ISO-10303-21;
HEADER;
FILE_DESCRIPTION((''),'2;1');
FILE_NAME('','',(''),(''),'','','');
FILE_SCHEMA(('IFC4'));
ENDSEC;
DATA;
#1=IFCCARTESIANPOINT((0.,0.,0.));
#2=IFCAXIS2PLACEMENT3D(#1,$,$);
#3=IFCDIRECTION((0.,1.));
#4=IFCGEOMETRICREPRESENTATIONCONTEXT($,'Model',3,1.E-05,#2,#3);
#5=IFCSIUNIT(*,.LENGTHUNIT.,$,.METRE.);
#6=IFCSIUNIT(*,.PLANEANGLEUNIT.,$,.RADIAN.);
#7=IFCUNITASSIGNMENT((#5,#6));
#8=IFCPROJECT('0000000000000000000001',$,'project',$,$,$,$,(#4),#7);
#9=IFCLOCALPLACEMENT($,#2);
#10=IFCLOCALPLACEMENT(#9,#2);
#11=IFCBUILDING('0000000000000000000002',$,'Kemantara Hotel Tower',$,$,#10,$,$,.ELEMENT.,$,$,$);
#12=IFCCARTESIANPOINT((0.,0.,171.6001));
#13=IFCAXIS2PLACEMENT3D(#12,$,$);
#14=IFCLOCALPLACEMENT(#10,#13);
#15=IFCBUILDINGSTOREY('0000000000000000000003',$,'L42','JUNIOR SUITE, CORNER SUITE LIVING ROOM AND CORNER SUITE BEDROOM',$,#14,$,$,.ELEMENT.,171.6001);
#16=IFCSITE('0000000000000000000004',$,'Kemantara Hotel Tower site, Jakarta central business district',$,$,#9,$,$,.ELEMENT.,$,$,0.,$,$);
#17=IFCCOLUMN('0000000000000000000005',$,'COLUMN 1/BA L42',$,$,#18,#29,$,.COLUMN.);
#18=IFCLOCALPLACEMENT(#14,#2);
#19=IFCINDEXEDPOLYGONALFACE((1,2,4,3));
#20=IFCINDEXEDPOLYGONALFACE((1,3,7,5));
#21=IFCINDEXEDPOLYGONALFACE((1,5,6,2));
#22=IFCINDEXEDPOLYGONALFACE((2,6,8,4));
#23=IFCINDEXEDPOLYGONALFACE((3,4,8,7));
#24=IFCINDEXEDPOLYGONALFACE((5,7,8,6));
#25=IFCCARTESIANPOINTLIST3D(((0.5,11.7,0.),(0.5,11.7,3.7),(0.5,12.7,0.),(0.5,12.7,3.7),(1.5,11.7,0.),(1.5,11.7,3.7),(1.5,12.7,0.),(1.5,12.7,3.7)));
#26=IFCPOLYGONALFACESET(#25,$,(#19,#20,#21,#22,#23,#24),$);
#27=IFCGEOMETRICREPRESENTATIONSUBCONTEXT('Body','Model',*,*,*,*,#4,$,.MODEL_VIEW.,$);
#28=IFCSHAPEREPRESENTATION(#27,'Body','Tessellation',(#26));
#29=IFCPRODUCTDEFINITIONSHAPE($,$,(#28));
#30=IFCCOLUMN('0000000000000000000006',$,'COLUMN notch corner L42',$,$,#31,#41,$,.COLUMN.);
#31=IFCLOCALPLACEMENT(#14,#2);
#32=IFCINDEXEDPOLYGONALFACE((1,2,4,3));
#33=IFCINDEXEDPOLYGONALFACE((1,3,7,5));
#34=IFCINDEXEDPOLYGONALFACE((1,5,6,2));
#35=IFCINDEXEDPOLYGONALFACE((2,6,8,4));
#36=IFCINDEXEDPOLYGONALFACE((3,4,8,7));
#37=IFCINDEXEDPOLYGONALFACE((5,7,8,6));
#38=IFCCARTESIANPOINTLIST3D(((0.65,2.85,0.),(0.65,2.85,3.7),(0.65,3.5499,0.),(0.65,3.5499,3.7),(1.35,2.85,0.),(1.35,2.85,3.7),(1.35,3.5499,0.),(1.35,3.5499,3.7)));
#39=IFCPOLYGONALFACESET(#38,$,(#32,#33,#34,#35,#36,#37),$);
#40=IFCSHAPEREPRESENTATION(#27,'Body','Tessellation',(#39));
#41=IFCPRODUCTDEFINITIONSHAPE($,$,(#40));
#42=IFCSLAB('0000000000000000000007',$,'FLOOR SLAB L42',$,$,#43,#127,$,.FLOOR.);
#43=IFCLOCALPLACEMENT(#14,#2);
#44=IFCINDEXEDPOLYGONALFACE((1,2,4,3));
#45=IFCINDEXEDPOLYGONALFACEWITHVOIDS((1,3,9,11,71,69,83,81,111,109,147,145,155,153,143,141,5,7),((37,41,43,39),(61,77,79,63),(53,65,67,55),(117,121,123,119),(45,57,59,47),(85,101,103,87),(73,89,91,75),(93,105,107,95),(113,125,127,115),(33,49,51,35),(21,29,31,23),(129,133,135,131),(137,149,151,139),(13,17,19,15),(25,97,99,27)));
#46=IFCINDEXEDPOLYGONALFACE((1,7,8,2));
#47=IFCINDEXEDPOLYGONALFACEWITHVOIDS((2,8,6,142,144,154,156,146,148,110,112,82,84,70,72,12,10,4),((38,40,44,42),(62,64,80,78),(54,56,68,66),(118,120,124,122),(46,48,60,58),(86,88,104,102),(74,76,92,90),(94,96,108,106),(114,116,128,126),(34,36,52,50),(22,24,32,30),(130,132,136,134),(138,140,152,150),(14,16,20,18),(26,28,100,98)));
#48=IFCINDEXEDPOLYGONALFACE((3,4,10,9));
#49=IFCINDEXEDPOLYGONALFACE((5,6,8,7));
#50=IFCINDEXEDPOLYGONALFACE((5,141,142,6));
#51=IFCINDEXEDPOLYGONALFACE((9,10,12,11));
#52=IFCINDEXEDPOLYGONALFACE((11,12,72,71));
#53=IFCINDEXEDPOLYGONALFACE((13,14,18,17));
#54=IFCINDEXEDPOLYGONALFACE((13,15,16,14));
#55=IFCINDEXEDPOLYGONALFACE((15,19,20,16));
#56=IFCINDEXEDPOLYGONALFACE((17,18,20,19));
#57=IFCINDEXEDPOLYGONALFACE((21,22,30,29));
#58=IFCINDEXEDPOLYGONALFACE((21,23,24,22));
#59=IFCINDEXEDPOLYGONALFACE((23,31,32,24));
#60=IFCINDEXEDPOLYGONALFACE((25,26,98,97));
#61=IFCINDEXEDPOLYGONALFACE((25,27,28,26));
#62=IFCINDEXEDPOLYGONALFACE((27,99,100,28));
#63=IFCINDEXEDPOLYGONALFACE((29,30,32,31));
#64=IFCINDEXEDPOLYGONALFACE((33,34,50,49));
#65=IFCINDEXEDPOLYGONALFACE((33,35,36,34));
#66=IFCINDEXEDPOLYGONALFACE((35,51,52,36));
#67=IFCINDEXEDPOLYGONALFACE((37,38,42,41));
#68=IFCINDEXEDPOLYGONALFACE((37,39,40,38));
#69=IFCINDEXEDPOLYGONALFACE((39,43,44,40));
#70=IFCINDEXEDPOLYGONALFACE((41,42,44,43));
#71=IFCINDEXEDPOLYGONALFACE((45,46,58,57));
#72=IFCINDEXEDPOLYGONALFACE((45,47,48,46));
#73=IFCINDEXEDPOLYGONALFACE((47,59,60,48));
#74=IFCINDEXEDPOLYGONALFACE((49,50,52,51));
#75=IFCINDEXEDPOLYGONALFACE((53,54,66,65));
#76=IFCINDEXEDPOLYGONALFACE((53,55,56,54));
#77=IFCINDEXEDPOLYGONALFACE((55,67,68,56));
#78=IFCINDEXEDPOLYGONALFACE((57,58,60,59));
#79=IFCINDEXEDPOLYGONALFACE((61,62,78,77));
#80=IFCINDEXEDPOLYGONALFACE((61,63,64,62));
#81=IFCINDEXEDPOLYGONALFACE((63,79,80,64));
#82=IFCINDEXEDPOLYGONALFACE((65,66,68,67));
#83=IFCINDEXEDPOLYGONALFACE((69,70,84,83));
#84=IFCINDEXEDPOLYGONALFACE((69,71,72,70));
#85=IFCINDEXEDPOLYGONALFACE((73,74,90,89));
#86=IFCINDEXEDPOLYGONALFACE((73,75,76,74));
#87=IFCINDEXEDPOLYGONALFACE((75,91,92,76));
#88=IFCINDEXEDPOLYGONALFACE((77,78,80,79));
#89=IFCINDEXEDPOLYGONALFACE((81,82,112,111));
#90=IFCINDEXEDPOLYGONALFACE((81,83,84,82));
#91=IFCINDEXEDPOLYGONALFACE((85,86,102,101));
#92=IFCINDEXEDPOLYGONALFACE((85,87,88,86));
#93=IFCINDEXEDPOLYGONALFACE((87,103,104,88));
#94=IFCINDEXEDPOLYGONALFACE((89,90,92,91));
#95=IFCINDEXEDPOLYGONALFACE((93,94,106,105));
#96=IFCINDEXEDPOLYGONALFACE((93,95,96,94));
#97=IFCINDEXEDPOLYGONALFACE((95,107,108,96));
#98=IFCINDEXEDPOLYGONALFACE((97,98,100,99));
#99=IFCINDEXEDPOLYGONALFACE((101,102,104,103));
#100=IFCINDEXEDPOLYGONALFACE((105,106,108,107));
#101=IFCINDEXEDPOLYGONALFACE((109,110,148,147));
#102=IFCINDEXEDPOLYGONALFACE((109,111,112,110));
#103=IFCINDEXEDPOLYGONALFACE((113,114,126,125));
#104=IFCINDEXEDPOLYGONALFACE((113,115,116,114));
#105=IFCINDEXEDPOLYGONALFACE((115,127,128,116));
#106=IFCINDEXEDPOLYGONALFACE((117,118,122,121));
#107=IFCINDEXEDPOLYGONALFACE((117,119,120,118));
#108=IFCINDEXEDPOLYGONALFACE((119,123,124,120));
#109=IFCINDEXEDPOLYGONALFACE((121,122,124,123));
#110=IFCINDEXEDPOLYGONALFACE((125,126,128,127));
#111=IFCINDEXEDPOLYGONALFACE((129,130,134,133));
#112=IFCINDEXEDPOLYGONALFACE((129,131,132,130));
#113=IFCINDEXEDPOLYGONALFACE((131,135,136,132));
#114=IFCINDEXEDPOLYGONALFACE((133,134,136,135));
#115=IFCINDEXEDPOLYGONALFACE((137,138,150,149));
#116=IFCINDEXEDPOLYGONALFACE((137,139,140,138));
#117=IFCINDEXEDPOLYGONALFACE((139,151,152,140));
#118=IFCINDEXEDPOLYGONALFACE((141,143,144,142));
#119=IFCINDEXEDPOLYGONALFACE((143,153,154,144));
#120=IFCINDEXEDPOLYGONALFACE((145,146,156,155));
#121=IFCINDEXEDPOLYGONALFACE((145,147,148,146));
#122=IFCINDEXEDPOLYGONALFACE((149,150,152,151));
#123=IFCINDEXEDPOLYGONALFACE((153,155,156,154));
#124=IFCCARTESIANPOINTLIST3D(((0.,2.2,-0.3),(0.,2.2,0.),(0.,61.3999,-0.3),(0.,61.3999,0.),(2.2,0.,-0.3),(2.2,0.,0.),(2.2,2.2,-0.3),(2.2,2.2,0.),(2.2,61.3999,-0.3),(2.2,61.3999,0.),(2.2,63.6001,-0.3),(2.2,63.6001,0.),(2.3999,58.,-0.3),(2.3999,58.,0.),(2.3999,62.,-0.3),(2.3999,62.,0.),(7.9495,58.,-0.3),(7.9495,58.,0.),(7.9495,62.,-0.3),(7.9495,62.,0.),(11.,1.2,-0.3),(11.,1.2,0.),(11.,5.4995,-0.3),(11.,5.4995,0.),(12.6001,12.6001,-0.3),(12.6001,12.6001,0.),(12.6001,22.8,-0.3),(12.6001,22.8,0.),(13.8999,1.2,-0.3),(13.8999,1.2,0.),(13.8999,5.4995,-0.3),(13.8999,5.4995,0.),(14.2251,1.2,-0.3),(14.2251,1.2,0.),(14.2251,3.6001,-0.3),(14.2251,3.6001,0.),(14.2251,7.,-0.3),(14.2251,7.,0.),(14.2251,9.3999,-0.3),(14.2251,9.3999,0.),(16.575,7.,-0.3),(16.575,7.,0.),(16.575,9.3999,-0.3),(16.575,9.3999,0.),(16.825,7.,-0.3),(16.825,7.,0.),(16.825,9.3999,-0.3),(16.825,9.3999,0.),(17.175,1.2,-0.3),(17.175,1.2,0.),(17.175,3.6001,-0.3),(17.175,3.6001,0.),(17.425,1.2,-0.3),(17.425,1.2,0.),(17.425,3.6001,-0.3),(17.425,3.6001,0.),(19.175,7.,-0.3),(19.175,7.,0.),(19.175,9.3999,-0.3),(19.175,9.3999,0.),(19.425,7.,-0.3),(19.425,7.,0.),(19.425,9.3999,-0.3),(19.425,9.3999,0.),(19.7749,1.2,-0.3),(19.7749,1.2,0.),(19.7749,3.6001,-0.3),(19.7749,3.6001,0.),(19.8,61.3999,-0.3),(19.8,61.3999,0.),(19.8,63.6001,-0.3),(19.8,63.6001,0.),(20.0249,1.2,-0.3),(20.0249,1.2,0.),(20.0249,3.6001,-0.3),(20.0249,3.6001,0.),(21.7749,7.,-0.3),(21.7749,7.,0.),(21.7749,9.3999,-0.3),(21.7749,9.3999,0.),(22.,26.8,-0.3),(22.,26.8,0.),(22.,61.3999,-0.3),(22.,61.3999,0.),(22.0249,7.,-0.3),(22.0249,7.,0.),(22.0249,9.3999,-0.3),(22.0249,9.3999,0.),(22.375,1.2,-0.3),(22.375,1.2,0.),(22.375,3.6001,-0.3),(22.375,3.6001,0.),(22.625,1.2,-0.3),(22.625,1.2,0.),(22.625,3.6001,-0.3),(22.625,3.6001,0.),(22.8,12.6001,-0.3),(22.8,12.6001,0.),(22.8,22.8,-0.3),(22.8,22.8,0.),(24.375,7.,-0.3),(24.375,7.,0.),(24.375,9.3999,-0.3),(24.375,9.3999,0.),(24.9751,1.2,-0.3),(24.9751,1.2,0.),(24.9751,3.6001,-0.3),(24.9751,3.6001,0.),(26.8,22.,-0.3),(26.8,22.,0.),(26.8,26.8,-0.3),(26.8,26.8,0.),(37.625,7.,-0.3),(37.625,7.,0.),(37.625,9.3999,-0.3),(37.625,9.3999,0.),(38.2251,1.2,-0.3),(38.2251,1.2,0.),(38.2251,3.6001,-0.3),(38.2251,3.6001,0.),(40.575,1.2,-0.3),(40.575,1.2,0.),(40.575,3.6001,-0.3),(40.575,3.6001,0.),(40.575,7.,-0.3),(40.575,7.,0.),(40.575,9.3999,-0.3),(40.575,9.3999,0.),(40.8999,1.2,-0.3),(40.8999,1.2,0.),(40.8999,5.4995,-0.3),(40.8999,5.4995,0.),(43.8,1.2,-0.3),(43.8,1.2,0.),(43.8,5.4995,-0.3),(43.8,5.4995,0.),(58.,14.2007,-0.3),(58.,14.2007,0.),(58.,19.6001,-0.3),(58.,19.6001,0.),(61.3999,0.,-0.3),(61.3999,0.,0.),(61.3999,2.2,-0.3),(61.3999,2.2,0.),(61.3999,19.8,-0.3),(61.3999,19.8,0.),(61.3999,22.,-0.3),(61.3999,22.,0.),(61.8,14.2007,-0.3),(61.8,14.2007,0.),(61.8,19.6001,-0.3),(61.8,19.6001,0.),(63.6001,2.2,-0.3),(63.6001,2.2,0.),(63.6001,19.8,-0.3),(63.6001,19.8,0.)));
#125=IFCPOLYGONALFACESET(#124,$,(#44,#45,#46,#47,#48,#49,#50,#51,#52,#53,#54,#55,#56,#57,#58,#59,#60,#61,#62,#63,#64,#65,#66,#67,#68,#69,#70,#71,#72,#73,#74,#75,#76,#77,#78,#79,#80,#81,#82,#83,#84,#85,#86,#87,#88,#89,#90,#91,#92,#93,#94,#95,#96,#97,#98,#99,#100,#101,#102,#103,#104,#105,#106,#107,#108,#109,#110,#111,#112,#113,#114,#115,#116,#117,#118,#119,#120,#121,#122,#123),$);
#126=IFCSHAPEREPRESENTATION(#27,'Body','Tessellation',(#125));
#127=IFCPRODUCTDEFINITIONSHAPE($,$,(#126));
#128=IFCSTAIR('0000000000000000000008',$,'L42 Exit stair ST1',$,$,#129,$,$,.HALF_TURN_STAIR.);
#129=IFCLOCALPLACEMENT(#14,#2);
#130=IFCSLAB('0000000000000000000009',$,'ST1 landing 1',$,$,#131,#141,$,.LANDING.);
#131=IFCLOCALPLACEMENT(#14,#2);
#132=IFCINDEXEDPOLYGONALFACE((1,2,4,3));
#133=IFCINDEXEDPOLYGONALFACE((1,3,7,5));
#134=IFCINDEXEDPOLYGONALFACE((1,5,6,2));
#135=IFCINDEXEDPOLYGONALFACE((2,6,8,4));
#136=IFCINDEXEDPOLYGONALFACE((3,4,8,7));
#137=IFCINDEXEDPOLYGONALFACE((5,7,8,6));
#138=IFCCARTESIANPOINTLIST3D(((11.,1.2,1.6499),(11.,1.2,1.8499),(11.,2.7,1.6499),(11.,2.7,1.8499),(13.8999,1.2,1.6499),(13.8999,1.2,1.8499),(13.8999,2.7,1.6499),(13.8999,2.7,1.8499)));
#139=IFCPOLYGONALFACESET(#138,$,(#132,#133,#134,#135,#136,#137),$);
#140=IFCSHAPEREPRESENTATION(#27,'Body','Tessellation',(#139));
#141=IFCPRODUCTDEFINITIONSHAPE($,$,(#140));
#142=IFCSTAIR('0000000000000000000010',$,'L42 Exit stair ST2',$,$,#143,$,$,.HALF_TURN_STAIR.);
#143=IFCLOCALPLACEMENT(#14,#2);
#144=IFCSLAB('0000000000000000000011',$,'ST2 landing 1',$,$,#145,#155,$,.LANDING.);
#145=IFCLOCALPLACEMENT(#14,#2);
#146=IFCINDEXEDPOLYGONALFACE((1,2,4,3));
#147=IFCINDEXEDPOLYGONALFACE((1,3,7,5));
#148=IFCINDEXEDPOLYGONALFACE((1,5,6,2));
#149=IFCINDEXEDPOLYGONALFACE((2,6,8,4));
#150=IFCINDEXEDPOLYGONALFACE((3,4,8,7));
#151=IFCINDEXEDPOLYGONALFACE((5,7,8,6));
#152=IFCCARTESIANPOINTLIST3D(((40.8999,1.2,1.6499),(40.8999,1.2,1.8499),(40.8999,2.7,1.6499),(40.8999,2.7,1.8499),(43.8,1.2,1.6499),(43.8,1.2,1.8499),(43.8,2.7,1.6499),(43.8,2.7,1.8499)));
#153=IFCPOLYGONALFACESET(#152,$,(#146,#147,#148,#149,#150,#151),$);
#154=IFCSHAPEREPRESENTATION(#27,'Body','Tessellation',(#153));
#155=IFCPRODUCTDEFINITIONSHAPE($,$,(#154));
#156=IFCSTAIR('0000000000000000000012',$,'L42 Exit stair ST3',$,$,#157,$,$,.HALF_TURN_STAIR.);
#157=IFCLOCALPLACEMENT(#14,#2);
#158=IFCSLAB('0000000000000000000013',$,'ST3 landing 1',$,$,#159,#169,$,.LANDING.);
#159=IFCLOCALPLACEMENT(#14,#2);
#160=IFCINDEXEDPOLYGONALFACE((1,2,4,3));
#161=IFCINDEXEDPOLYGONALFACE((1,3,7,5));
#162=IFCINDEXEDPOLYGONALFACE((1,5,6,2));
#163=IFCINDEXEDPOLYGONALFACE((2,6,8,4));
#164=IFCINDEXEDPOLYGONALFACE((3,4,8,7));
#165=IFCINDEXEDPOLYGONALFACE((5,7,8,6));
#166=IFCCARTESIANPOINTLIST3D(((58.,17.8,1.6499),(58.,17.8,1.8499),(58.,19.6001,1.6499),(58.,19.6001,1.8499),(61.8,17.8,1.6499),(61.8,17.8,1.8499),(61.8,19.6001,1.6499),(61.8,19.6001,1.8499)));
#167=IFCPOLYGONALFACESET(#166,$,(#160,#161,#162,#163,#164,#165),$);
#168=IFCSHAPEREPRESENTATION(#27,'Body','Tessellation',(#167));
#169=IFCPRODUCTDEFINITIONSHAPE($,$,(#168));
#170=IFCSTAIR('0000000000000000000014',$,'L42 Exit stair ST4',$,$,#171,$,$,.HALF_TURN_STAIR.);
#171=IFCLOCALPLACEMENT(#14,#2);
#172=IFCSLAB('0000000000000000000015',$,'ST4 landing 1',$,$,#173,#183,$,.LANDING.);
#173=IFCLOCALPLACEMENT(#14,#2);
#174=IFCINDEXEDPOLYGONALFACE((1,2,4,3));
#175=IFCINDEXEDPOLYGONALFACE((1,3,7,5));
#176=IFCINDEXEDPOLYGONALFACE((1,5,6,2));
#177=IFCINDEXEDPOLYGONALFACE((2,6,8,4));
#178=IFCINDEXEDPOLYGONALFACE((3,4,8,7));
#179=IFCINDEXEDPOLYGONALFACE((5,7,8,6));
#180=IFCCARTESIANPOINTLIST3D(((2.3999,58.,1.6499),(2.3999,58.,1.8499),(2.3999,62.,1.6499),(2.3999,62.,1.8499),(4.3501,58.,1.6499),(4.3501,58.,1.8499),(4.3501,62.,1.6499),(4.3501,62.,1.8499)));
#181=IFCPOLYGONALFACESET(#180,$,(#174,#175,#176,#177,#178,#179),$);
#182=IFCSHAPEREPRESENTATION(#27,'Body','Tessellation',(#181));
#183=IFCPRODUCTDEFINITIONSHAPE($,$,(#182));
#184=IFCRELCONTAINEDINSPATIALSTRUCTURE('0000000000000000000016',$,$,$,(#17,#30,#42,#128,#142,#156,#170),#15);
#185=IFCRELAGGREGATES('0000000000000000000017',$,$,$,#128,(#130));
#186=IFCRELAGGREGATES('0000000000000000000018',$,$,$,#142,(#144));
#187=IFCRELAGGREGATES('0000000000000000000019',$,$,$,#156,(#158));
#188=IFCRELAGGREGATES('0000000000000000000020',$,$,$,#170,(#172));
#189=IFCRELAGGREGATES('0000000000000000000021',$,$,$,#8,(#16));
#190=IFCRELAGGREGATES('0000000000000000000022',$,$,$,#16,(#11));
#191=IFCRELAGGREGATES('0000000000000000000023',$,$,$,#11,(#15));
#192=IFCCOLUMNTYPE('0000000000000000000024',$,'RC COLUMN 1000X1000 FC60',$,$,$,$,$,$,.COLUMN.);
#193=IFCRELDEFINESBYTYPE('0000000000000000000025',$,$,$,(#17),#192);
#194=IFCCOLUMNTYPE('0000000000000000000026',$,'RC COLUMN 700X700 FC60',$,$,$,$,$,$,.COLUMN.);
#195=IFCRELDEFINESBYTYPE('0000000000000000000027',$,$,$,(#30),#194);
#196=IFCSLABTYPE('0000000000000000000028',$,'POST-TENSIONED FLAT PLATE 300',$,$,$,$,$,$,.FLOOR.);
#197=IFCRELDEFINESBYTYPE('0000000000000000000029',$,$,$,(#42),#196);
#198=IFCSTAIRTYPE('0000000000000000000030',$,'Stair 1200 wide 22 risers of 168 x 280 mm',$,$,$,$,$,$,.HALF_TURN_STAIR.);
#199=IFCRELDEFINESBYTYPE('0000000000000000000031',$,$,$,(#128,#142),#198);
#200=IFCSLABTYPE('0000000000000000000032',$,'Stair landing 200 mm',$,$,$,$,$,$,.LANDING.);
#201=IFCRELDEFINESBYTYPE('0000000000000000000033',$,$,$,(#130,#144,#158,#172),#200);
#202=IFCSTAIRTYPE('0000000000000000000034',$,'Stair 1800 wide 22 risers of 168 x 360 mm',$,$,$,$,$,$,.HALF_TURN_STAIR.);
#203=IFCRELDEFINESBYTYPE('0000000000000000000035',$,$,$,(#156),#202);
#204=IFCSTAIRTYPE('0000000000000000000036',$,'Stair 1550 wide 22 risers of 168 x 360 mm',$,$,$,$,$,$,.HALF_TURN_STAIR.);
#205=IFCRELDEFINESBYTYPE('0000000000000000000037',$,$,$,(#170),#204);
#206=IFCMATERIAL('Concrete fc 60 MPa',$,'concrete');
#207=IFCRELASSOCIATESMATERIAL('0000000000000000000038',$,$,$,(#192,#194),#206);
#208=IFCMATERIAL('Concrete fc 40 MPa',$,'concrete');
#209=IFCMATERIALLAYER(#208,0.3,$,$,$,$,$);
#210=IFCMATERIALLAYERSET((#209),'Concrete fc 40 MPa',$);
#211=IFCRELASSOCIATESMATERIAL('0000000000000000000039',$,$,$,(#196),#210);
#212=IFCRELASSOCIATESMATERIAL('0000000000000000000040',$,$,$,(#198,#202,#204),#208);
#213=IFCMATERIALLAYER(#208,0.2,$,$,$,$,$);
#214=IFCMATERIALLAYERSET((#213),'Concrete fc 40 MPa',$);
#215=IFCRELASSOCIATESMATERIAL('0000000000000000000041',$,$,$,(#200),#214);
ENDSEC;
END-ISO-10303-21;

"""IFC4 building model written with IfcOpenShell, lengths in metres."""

from ifc_helpers import new_model, si_unit, direction, frame, origin, origin_2d, place, context, subcontext, project, spatial, polyline, rectangle, outline, extrude, material, layer, layer_set, material_profile, profile_set, type_object, element, aggregate, save


model = new_model("IFC4")

# Units and contexts
model_context = context("Model", 3, precision=1e-05, world=origin(), true_north=direction((0.0, 1.0)))
body_context = subcontext(model_context, "Body", "Model", "MODEL_VIEW")
ifc_project = project(units=[si_unit("LENGTHUNIT", "METRE"), si_unit("PLANEANGLEUNIT", "RADIAN")], contexts=[model_context])

# Site, building, storey
site_placement = place(None, origin())
site = spatial("IfcSite", under=ifc_project, at=site_placement, Name="Kemantara Hotel Tower site, Jakarta central business district", CompositionType="ELEMENT", RefElevation=0.0)
building_placement = place(site_placement, origin())
building = spatial("IfcBuilding", under=site, at=building_placement, Name="Kemantara Hotel Tower", CompositionType="ELEMENT")
storey_placement = place(building_placement, frame((0.0, 0.0, 171.6001)))
storey = spatial("IfcBuildingStorey", under=building, at=storey_placement, Name="L42", Description="JUNIOR SUITE, CORNER SUITE LIVING ROOM AND CORNER SUITE BEDROOM", CompositionType="ELEMENT", Elevation=171.6001)

# Columns
ifc_material_1 = material(Name="Concrete fc 60 MPa", Category="concrete")
ifc_material_profile_1 = material_profile(ifc_material_1, rectangle(XDim=1.0, YDim=1.0, at=origin_2d()), Name="RC 1000X1000")
ifc_profile_set_1 = profile_set([ifc_material_profile_1], Name="Concrete fc 60 MPa")
column_type_1 = type_object("IfcColumnType", Name="RC COLUMN 1000X1000 FC60", PredefinedType="COLUMN", material=ifc_profile_set_1)
column_1_placement = place(storey_placement, frame((1.0, 12.2, 0.0), z_axis=(0.0, 0.0, 1.0), x_axis=(1.0, 0.0, 0.0)))
element("IfcColumn", 1, at=column_1_placement, inside=storey, type_object=column_type_1, Name="COLUMN 1/BA L42", PredefinedType="COLUMN", context=body_context, shape_type="SweptSolid", body=[
    extrude(rectangle(XDim=1.0, YDim=1.0, at=origin_2d()), origin(), (0.0, 0.0, 1.0), 3.7),
])
ifc_material_profile_2 = material_profile(ifc_material_1, rectangle(XDim=0.7, YDim=0.7, at=origin_2d()), Name="RC 700X700")
ifc_profile_set_2 = profile_set([ifc_material_profile_2], Name="Concrete fc 60 MPa")
column_type_2 = type_object("IfcColumnType", Name="RC COLUMN 700X700 FC60", PredefinedType="COLUMN", material=ifc_profile_set_2)
column_2_placement = place(storey_placement, frame((1.0, 3.2, 0.0), z_axis=(0.0, 0.0, 1.0), x_axis=(1.0, 0.0, 0.0)))
element("IfcColumn", 2, at=column_2_placement, inside=storey, type_object=column_type_2, Name="COLUMN notch corner L42", PredefinedType="COLUMN", context=body_context, shape_type="SweptSolid", body=[
    extrude(rectangle(XDim=0.7, YDim=0.7, at=origin_2d()), origin(), (0.0, 0.0, 1.0), 3.7),
])

# Slab
ifc_material_2 = material(Name="Concrete fc 40 MPa", Category="concrete")
ifc_layer_1 = layer(ifc_material_2, 0.3)
ifc_layer_set_1 = layer_set([ifc_layer_1], Name="Concrete fc 40 MPa")
slab_type_1 = type_object("IfcSlabType", Name="POST-TENSIONED FLAT PLATE 300", PredefinedType="FLOOR", material=ifc_layer_set_1)
slab_1_placement = place(storey_placement, frame((0.0, 0.0, -0.3)))
element("IfcSlab", 3, at=slab_1_placement, inside=storey, type_object=slab_type_1, Name="FLOOR SLAB L42", PredefinedType="FLOOR", context=body_context, shape_type="SweptSolid", body=[
    extrude(outline(polyline([(22.0, 26.8), (22.0, 61.3999), (19.8, 61.3999), (19.8, 63.6001), (2.2, 63.6001), (2.2, 61.3999), (0.0, 61.3999), (0.0, 2.2), (2.2, 2.2), (2.2, 0.0), (61.3999, 0.0), (61.3999, 2.2), (63.6001, 2.2), (63.6001, 19.8), (61.3999, 19.8), (61.3999, 22.0), (26.8, 22.0), (26.8, 26.8), (22.0, 26.8)]), holes=[polyline([(17.175, 3.6001), (17.175, 1.2), (14.2251, 1.2), (14.2251, 3.6001), (17.175, 3.6001)]), polyline([(19.7749, 1.2), (17.425, 1.2), (17.425, 3.6001), (19.7749, 3.6001), (19.7749, 1.2)]), polyline([(11.0, 1.2), (11.0, 5.4995), (13.8999, 5.4995), (13.8999, 1.2), (11.0, 1.2)]), polyline([(16.575, 7.0), (14.2251, 7.0), (14.2251, 9.3999), (16.575, 9.3999), (16.575, 7.0)]), polyline([(19.175, 7.0), (16.825, 7.0), (16.825, 9.3999), (19.175, 9.3999), (19.175, 7.0)]), polyline([(21.7749, 7.0), (19.425, 7.0), (19.425, 9.3999), (21.7749, 9.3999), (21.7749, 7.0)]), polyline([(22.8, 12.6001), (12.6001, 12.6001), (12.6001, 22.8), (22.8, 22.8), (22.8, 12.6001)]), polyline([(2.3999, 62.0), (7.9495, 62.0), (7.9495, 58.0), (2.3999, 58.0), (2.3999, 62.0)]), polyline([(22.375, 1.2), (20.0249, 1.2), (20.0249, 3.6001), (22.375, 3.6001), (22.375, 1.2)]), polyline([(24.9751, 1.2), (22.625, 1.2), (22.625, 3.6001), (24.9751, 3.6001), (24.9751, 1.2)]), polyline([(40.575, 1.2), (38.2251, 1.2), (38.2251, 3.6001), (40.575, 3.6001), (40.575, 1.2)]), polyline([(40.8999, 1.2), (40.8999, 5.4995), (43.8, 5.4995), (43.8, 1.2), (40.8999, 1.2)]), polyline([(24.375, 7.0), (22.0249, 7.0), (22.0249, 9.3999), (24.375, 9.3999), (24.375, 7.0)]), polyline([(40.575, 7.0), (37.625, 7.0), (37.625, 9.3999), (40.575, 9.3999), (40.575, 7.0)]), polyline([(61.8, 19.6001), (61.8, 14.2007), (58.0, 14.2007), (58.0, 19.6001), (61.8, 19.6001)])]), origin(), (0.0, 0.0, 1.0), 0.3),
])

# Stairs, slabs
stair_type_1 = type_object("IfcStairType", Name="Stair 1200 wide 22 risers of 168 x 280 mm", PredefinedType="HALF_TURN_STAIR", material=ifc_material_2)
stair_1_placement = place(storey_placement, origin())
stair_1 = element("IfcStair", 4, at=stair_1_placement, inside=storey, type_object=stair_type_1, Name="L42 Exit stair ST1", PredefinedType="HALF_TURN_STAIR")
ifc_layer_2 = layer(ifc_material_2, 0.2)
ifc_layer_set_2 = layer_set([ifc_layer_2], Name="Concrete fc 40 MPa")
slab_type_2 = type_object("IfcSlabType", Name="Stair landing 200 mm", PredefinedType="LANDING", material=ifc_layer_set_2)
slab_2_placement = place(storey_placement, frame((0.0, 0.0, 1.6499)))
slab_2 = element("IfcSlab", 5, at=slab_2_placement, type_object=slab_type_2, Name="ST1 landing 1", PredefinedType="LANDING", context=body_context, shape_type="SweptSolid", body=[
    extrude(outline(polyline([(11.0, 2.7), (11.0, 1.2), (13.8999, 1.2), (13.8999, 2.7), (11.0, 2.7)])), origin(), (0.0, 0.0, 1.0), 0.2),
])
aggregate(stair_1, [slab_2])
stair_2_placement = place(storey_placement, origin())
stair_2 = element("IfcStair", 6, at=stair_2_placement, inside=storey, type_object=stair_type_1, Name="L42 Exit stair ST2", PredefinedType="HALF_TURN_STAIR")
slab_3_placement = place(storey_placement, frame((0.0, 0.0, 1.6499)))
slab_3 = element("IfcSlab", 7, at=slab_3_placement, type_object=slab_type_2, Name="ST2 landing 1", PredefinedType="LANDING", context=body_context, shape_type="SweptSolid", body=[
    extrude(outline(polyline([(40.8999, 2.7), (40.8999, 1.2), (43.8, 1.2), (43.8, 2.7), (40.8999, 2.7)])), origin(), (0.0, 0.0, 1.0), 0.2),
])
aggregate(stair_2, [slab_3])
stair_type_2 = type_object("IfcStairType", Name="Stair 1800 wide 22 risers of 168 x 360 mm", PredefinedType="HALF_TURN_STAIR", material=ifc_material_2)
stair_3_placement = place(storey_placement, origin())
stair_3 = element("IfcStair", 8, at=stair_3_placement, inside=storey, type_object=stair_type_2, Name="L42 Exit stair ST3", PredefinedType="HALF_TURN_STAIR")
slab_4_placement = place(storey_placement, frame((0.0, 0.0, 1.6499)))
slab_4 = element("IfcSlab", 9, at=slab_4_placement, type_object=slab_type_2, Name="ST3 landing 1", PredefinedType="LANDING", context=body_context, shape_type="SweptSolid", body=[
    extrude(outline(polyline([(61.8, 17.8), (61.8, 19.6001), (58.0, 19.6001), (58.0, 17.8), (61.8, 17.8)])), origin(), (0.0, 0.0, 1.0), 0.2),
])
aggregate(stair_3, [slab_4])
stair_type_3 = type_object("IfcStairType", Name="Stair 1550 wide 22 risers of 168 x 360 mm", PredefinedType="HALF_TURN_STAIR", material=ifc_material_2)
stair_4_placement = place(storey_placement, origin())
stair_4 = element("IfcStair", 10, at=stair_4_placement, inside=storey, type_object=stair_type_3, Name="L42 Exit stair ST4", PredefinedType="HALF_TURN_STAIR")
slab_5_placement = place(storey_placement, frame((0.0, 0.0, 1.6499)))
slab_5 = element("IfcSlab", 11, at=slab_5_placement, type_object=slab_type_2, Name="ST4 landing 1", PredefinedType="LANDING", context=body_context, shape_type="SweptSolid", body=[
    extrude(outline(polyline([(4.3501, 62.0), (2.3999, 62.0), (2.3999, 58.0), (4.3501, 58.0), (4.3501, 62.0)])), origin(), (0.0, 0.0, 1.0), 0.2),
])
aggregate(stair_4, [slab_5])

save(model, "model.ifc")
